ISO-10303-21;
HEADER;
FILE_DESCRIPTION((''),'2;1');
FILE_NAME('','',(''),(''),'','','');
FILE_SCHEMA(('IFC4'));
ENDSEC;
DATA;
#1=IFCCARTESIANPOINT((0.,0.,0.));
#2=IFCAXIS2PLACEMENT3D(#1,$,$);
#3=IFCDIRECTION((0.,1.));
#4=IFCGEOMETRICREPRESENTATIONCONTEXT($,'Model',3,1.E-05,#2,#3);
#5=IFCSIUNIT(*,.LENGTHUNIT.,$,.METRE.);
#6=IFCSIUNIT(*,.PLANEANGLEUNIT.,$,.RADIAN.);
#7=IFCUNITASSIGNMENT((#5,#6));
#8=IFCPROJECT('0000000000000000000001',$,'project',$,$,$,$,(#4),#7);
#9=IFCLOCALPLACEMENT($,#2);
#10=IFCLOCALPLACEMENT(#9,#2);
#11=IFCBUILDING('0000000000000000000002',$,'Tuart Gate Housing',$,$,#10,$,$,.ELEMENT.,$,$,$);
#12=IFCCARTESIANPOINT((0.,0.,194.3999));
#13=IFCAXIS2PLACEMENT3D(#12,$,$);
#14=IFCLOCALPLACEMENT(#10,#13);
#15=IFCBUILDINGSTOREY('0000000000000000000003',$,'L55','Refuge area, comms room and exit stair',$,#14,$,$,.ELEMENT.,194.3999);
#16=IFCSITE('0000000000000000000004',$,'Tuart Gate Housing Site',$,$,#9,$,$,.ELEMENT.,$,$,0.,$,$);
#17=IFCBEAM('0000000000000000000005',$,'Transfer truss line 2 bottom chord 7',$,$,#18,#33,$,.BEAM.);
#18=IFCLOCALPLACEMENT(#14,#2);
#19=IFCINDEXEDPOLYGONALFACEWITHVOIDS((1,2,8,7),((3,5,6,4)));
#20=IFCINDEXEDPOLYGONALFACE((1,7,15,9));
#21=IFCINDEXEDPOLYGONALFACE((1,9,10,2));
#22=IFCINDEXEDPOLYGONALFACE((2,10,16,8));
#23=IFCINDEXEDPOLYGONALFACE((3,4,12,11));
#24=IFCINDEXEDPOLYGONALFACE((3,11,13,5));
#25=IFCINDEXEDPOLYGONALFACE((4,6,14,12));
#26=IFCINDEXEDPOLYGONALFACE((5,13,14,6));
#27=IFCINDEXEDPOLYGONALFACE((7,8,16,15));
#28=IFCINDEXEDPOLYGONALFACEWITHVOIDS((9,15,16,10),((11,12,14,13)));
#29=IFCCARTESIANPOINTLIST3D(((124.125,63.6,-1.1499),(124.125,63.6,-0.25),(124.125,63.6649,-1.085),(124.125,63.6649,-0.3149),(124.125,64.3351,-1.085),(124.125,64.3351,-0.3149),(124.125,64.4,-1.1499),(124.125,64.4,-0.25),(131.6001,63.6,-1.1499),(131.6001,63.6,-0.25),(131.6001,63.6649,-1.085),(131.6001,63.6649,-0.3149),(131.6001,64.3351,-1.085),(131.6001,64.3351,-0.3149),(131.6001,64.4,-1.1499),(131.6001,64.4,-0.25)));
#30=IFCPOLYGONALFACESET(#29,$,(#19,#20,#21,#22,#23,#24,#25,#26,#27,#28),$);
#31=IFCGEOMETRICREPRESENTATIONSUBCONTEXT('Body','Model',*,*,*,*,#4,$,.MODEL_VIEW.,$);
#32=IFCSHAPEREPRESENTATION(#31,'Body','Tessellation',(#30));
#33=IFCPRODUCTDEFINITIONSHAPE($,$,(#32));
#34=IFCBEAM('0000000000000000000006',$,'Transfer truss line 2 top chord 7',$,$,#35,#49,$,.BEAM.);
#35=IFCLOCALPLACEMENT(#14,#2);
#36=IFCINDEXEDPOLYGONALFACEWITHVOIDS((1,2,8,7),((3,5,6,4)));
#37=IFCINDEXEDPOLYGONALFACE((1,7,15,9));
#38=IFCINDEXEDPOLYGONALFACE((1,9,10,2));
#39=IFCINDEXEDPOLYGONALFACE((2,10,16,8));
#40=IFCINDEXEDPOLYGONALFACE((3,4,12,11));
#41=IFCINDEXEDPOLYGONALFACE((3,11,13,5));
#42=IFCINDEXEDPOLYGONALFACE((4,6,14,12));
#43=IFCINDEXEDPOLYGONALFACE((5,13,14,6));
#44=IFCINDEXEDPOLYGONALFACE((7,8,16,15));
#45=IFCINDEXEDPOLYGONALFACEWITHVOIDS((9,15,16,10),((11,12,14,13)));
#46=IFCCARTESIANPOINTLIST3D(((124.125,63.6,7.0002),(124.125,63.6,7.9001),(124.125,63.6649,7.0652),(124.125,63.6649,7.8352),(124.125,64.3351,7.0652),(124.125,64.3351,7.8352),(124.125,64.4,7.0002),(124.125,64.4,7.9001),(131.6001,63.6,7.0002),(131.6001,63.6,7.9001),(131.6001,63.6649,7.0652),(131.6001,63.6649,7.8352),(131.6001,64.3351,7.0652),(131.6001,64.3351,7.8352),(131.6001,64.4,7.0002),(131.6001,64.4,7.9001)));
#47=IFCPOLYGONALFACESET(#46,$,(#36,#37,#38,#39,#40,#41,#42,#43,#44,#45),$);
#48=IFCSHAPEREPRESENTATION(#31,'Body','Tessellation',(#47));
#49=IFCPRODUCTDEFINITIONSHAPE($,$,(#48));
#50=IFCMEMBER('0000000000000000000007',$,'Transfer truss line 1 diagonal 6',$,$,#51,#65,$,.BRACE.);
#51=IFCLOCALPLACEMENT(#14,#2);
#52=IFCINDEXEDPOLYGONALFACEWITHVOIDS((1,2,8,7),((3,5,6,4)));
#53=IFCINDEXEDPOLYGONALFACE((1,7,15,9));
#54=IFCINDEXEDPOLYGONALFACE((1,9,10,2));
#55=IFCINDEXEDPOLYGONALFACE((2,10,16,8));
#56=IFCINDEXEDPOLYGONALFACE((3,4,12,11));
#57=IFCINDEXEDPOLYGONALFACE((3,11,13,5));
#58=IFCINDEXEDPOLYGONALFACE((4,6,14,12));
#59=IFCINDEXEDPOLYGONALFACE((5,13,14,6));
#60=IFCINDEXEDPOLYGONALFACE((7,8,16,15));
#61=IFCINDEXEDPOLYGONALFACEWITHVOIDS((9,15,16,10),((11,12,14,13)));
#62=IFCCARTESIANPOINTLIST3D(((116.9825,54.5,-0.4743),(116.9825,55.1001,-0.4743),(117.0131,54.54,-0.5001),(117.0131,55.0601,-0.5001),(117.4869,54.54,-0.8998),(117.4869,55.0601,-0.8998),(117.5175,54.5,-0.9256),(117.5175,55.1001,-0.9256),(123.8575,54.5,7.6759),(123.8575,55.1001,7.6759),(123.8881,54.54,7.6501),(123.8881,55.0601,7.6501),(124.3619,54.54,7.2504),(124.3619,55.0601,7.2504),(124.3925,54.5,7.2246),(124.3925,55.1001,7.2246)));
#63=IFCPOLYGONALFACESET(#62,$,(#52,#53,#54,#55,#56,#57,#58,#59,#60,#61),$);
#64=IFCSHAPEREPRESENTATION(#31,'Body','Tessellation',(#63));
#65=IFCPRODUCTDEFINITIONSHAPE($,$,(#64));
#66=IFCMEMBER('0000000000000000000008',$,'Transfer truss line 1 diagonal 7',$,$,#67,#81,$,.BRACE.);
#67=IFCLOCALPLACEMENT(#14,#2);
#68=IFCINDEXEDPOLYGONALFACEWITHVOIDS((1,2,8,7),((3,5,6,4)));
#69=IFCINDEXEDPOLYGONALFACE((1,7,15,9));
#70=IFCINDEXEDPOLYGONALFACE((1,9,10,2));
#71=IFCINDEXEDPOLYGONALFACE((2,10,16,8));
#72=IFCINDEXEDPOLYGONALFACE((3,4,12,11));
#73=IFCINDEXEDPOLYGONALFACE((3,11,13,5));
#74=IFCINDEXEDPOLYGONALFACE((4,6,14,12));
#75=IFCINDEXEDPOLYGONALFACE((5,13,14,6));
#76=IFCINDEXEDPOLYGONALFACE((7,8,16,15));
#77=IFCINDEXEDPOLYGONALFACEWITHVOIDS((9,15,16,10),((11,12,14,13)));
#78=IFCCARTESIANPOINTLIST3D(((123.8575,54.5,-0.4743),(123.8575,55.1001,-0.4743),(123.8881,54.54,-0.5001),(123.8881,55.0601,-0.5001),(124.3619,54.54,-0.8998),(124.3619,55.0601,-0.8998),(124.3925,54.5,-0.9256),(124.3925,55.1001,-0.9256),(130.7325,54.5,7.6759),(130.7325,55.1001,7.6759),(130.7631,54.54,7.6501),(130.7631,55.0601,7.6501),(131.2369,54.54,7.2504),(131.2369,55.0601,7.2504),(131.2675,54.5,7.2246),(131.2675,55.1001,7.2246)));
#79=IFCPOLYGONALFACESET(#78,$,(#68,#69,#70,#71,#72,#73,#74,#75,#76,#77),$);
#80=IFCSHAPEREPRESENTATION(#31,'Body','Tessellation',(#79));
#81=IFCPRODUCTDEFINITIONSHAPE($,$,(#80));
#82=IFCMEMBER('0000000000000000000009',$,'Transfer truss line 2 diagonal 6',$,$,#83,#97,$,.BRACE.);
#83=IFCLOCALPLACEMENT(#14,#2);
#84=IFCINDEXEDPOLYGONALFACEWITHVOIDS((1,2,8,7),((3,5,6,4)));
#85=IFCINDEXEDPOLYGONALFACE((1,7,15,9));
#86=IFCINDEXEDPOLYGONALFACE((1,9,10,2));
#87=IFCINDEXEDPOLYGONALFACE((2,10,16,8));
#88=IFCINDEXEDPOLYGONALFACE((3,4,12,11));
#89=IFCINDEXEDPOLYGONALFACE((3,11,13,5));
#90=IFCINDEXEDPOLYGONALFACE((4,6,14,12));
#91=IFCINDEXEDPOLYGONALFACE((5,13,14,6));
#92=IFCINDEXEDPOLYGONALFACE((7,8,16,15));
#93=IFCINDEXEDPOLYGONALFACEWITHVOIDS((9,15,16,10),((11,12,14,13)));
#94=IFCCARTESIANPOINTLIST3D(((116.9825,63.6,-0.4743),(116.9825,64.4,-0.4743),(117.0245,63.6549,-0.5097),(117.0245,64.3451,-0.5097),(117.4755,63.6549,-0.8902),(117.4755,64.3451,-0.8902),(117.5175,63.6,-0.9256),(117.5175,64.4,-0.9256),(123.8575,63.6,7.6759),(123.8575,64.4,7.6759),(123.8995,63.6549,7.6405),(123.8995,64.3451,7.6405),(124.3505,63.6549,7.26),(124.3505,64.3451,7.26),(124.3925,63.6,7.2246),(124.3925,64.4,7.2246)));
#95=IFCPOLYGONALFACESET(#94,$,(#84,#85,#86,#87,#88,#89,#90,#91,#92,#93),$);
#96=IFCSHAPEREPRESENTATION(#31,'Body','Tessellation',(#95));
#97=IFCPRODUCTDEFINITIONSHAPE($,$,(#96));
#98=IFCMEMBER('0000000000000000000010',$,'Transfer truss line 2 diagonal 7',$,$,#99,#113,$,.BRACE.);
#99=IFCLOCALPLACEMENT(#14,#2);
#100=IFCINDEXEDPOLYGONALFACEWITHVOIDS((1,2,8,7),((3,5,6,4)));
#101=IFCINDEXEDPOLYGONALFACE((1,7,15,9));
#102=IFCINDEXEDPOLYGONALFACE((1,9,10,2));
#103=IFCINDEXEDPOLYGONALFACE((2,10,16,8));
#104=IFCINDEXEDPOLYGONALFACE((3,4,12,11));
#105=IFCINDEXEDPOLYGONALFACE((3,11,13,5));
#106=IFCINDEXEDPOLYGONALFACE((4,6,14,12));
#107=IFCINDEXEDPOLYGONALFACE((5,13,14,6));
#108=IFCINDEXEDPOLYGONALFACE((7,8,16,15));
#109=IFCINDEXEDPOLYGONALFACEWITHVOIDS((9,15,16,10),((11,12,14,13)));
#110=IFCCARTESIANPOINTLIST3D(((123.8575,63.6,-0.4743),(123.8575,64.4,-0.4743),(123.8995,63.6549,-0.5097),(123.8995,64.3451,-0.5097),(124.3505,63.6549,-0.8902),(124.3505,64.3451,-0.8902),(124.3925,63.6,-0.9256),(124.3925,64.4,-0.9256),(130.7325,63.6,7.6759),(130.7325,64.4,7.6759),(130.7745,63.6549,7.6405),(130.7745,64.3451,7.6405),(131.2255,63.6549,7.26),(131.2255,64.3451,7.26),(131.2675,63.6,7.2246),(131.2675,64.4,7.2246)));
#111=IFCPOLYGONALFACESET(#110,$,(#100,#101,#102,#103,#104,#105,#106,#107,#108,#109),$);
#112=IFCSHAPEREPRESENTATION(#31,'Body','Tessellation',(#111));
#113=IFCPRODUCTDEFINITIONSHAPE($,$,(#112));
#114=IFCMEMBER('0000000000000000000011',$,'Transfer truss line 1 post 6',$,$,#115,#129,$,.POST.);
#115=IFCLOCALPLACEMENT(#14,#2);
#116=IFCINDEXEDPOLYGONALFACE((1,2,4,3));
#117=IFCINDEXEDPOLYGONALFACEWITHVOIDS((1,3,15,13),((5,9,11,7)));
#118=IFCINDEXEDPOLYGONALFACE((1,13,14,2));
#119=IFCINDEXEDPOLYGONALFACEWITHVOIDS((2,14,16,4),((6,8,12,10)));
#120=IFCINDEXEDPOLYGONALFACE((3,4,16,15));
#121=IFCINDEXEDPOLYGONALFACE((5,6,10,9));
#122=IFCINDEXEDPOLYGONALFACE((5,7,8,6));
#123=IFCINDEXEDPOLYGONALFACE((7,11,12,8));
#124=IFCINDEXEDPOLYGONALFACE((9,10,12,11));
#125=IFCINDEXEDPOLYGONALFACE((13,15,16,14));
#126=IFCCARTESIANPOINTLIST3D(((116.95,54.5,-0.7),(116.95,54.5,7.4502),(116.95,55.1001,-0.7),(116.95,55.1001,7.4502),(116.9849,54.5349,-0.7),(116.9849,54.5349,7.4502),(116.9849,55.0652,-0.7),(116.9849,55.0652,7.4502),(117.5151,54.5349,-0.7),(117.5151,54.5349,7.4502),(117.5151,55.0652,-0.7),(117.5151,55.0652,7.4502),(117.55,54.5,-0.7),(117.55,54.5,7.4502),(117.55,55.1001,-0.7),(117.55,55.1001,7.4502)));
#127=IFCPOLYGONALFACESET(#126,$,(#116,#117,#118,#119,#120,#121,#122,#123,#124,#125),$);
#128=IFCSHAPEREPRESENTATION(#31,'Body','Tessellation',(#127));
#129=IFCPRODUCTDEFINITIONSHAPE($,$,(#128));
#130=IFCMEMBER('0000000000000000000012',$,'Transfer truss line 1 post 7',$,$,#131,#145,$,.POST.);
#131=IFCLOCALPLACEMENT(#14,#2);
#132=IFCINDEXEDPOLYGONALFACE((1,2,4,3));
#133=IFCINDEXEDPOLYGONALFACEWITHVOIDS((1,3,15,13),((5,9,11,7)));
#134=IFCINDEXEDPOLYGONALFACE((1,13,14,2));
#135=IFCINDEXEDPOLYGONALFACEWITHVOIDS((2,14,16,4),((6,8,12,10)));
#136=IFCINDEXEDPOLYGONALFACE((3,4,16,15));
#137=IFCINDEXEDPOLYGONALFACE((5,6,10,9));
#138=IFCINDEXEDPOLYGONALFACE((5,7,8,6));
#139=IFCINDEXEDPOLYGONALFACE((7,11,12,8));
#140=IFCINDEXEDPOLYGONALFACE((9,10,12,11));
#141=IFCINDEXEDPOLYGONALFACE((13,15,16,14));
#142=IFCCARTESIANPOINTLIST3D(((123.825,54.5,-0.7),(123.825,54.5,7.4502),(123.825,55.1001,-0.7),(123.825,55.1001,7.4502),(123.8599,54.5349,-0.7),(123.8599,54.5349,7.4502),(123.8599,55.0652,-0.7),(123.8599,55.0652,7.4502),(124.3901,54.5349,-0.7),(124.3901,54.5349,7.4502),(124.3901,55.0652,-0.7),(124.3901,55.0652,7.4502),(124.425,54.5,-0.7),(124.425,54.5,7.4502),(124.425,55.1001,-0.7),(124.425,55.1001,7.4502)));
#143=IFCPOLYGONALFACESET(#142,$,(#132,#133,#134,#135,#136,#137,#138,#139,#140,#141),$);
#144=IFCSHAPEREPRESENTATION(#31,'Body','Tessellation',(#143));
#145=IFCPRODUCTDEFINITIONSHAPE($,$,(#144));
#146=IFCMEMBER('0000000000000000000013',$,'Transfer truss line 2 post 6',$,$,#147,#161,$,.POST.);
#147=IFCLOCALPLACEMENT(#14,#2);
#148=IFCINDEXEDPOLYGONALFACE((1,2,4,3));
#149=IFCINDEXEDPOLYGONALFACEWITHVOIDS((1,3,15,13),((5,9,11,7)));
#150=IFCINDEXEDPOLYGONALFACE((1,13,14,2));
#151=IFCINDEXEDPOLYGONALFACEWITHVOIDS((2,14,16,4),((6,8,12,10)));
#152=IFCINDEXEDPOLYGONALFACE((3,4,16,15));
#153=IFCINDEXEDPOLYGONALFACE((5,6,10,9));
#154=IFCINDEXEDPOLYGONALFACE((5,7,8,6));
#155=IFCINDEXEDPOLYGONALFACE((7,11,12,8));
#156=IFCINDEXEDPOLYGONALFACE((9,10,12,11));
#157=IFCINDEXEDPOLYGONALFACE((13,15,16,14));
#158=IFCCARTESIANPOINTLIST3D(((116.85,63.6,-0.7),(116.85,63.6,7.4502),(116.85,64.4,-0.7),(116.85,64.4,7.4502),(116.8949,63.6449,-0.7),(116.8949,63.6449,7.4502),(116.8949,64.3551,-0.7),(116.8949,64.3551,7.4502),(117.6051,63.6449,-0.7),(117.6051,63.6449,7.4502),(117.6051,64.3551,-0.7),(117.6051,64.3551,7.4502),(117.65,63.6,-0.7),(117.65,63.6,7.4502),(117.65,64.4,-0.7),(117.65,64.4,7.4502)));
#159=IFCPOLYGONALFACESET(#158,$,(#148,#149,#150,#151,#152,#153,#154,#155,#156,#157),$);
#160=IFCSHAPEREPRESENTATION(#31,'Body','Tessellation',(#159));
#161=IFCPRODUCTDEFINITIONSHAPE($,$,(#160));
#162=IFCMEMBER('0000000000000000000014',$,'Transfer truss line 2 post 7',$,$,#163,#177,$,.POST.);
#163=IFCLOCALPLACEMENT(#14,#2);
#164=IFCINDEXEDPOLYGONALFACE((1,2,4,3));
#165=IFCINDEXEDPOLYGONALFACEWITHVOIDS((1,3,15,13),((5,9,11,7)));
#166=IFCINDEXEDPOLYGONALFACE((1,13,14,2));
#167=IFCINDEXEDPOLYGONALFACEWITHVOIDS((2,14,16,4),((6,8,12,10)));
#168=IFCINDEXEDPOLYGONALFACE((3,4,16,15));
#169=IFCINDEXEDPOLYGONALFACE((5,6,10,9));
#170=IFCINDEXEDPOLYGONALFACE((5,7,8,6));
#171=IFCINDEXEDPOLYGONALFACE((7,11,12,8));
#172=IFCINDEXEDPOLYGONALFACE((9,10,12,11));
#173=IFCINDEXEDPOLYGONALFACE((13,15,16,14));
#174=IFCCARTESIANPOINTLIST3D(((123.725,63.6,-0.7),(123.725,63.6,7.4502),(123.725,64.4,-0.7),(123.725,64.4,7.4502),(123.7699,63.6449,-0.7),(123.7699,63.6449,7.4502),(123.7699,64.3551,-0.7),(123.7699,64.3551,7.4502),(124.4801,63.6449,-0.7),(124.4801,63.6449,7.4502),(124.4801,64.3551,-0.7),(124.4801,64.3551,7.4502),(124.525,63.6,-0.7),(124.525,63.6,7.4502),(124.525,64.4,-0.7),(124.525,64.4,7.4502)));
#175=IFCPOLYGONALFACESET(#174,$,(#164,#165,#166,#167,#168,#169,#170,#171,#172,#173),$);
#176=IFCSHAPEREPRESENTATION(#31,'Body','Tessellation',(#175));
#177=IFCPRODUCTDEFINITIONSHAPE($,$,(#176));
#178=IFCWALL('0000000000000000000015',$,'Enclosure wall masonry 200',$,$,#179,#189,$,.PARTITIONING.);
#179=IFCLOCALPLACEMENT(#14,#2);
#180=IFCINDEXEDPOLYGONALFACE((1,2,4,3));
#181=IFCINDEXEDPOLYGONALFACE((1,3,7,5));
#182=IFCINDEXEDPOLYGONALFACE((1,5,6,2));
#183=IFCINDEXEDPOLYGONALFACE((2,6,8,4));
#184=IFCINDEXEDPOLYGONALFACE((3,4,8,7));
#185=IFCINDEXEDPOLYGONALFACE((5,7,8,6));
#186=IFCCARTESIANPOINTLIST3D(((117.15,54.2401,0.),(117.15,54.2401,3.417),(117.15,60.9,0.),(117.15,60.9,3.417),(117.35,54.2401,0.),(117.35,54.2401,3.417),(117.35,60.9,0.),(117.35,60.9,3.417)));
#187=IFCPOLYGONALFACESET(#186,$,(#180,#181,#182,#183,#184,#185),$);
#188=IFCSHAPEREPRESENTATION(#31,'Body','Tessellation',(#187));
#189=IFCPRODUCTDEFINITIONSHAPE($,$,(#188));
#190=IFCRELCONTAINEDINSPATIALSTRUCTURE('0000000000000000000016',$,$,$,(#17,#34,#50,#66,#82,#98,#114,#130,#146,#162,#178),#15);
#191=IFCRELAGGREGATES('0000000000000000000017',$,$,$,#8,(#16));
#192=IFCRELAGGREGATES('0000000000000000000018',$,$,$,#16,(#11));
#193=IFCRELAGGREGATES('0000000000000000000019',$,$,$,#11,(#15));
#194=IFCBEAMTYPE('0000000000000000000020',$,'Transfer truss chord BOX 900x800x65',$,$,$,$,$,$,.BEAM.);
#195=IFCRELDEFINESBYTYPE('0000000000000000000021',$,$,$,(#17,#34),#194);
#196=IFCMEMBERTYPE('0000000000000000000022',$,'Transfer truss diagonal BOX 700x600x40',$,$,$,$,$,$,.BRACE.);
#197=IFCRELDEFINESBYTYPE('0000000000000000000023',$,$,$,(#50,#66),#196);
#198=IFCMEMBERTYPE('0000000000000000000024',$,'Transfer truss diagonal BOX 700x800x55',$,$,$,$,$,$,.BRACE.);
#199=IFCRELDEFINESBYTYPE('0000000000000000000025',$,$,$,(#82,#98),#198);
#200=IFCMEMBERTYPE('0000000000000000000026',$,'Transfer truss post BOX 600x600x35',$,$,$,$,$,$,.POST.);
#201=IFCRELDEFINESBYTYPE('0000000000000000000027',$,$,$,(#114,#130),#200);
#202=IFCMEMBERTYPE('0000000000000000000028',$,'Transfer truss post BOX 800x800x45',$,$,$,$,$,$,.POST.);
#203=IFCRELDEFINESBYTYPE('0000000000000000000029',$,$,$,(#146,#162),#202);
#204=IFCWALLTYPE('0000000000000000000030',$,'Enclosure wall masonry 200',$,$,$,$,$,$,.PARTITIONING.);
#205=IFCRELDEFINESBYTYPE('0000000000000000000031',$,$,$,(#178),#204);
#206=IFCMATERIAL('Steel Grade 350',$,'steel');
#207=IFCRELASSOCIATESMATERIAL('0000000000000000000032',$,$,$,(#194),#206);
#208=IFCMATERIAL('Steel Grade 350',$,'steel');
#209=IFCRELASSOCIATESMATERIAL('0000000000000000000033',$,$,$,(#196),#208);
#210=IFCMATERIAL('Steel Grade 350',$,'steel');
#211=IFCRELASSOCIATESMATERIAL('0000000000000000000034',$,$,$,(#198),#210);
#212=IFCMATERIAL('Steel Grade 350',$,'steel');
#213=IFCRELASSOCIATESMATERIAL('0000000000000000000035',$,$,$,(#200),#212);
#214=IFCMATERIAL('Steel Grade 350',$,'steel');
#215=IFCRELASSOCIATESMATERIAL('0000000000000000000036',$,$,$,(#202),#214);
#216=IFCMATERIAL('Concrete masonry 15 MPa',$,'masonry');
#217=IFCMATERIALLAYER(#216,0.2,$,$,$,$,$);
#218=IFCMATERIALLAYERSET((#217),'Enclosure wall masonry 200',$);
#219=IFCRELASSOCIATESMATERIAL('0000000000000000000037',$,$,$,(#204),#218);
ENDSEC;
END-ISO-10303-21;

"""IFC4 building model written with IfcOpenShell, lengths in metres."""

from ifc_helpers import new_model, si_unit, direction, frame, frame_2d, origin, origin_2d, place, context, subcontext, project, spatial, rectangle, hollow_rectangle, extrude, material, layer, layer_set, material_profile, profile_set, type_object, element, save


model = new_model("IFC4")

# Units and contexts
model_context = context("Model", 3, precision=1e-05, world=origin(), true_north=direction((0.0, 1.0)))
body_context = subcontext(model_context, "Body", "Model", "MODEL_VIEW")
ifc_project = project(units=[si_unit("LENGTHUNIT", "METRE"), si_unit("PLANEANGLEUNIT", "RADIAN")], contexts=[model_context])

# Site, building, storey
site_placement = place(None, origin())
site = spatial("IfcSite", under=ifc_project, at=site_placement, Name="Tuart Gate Housing Site", CompositionType="ELEMENT", RefElevation=0.0)
building_placement = place(site_placement, origin())
building = spatial("IfcBuilding", under=site, at=building_placement, Name="Tuart Gate Housing", CompositionType="ELEMENT")
storey_placement = place(building_placement, frame((0.0, 0.0, 194.3999)))
storey = spatial("IfcBuildingStorey", under=building, at=storey_placement, Name="L55", Description="Refuge area, comms room and exit stair", CompositionType="ELEMENT", Elevation=194.3999)

# Beams
ifc_material_1 = material(Name="Steel Grade 350", Category="steel")
ifc_material_profile_1 = material_profile(ifc_material_1, hollow_rectangle(XDim=0.8, YDim=0.8999, WallThickness=0.0649, at=origin_2d()), Name="BOX 900x800x65")
ifc_profile_set_1 = profile_set([ifc_material_profile_1], Name="Steel Grade 350")
beam_type_1 = type_object("IfcBeamType", Name="Transfer truss chord BOX 900x800x65", PredefinedType="BEAM", material=ifc_profile_set_1)
for number, where, z_axis, x_axis, name in (
    (1, (124.125, 64.0, -0.7), (1.0, 0.0, 0.0), (0.0, 1.0, 0.0), "Transfer truss line 2 bottom chord 7"),
    (2, (124.125, 64.0, 7.4502), (1.0, 0.0, 0.0), (0.0, 1.0, 0.0), "Transfer truss line 2 top chord 7"),
):
    element("IfcBeam", number, at=place(storey_placement, frame(where, z_axis=z_axis, x_axis=x_axis)), inside=storey, type_object=beam_type_1, Name=name, PredefinedType="BEAM", context=body_context, shape_type="SweptSolid", body=[
        extrude(hollow_rectangle(XDim=0.8, YDim=0.8999, WallThickness=0.0649, at=origin_2d()), origin(), (0.0, 0.0, 1.0), 7.4751),
    ])

# Members
ifc_material_2 = material(Name="Steel Grade 350", Category="steel")
ifc_material_profile_2 = material_profile(ifc_material_2, hollow_rectangle(XDim=0.6001, YDim=0.7, WallThickness=0.04, at=origin_2d()), Name="BOX 700x600x40")
ifc_profile_set_2 = profile_set([ifc_material_profile_2], Name="Steel Grade 350")
member_type_1 = type_object("IfcMemberType", Name="Transfer truss diagonal BOX 700x600x40", PredefinedType="BRACE", material=ifc_profile_set_2)
for number, where, z_axis, x_axis, name in (
    (3, (117.25, 54.8, -0.7), (0.644779, 0.0, 0.764369), (0.0, 1.0, 0.0), "Transfer truss line 1 diagonal 6"),
    (4, (124.125, 54.8, -0.7), (0.644779, 0.0, 0.764369), (0.0, 1.0, 0.0), "Transfer truss line 1 diagonal 7"),
):
    element("IfcMember", number, at=place(storey_placement, frame(where, z_axis=z_axis, x_axis=x_axis)), inside=storey, type_object=member_type_1, Name=name, PredefinedType="BRACE", context=body_context, shape_type="SweptSolid", body=[
        extrude(hollow_rectangle(XDim=0.6001, YDim=0.7, WallThickness=0.04, at=origin_2d()), origin(), (0.0, 0.0, 1.0), 10.6626),
    ])
ifc_material_3 = material(Name="Steel Grade 350", Category="steel")
ifc_material_profile_3 = material_profile(ifc_material_3, hollow_rectangle(XDim=0.8, YDim=0.7, WallThickness=0.0549, at=origin_2d()), Name="BOX 700x800x55")
ifc_profile_set_3 = profile_set([ifc_material_profile_3], Name="Steel Grade 350")
member_type_2 = type_object("IfcMemberType", Name="Transfer truss diagonal BOX 700x800x55", PredefinedType="BRACE", material=ifc_profile_set_3)
for number, where, z_axis, x_axis, name in (
    (5, (117.25, 64.0, -0.7), (0.644779, 0.0, 0.764369), (0.0, 1.0, 0.0), "Transfer truss line 2 diagonal 6"),
    (6, (124.125, 64.0, -0.7), (0.644779, 0.0, 0.764369), (0.0, 1.0, 0.0), "Transfer truss line 2 diagonal 7"),
):
    element("IfcMember", number, at=place(storey_placement, frame(where, z_axis=z_axis, x_axis=x_axis)), inside=storey, type_object=member_type_2, Name=name, PredefinedType="BRACE", context=body_context, shape_type="SweptSolid", body=[
        extrude(hollow_rectangle(XDim=0.8, YDim=0.7, WallThickness=0.0549, at=origin_2d()), origin(), (0.0, 0.0, 1.0), 10.6626),
    ])
ifc_material_4 = material(Name="Steel Grade 350", Category="steel")
ifc_material_profile_4 = material_profile(ifc_material_4, hollow_rectangle(XDim=0.6001, YDim=0.6001, WallThickness=0.0349, at=origin_2d()), Name="BOX 600x600x35")
ifc_profile_set_4 = profile_set([ifc_material_profile_4], Name="Steel Grade 350")
member_type_3 = type_object("IfcMemberType", Name="Transfer truss post BOX 600x600x35", PredefinedType="POST", material=ifc_profile_set_4)
for number, where, z_axis, x_axis, name in (
    (7, (117.25, 54.8, -0.7), (0.0, 0.0, 1.0), (1.0, 0.0, 0.0), "Transfer truss line 1 post 6"),
    (8, (124.125, 54.8, -0.7), (0.0, 0.0, 1.0), (1.0, 0.0, 0.0), "Transfer truss line 1 post 7"),
):
    element("IfcMember", number, at=place(storey_placement, frame(where, z_axis=z_axis, x_axis=x_axis)), inside=storey, type_object=member_type_3, Name=name, PredefinedType="POST", context=body_context, shape_type="SweptSolid", body=[
        extrude(hollow_rectangle(XDim=0.6001, YDim=0.6001, WallThickness=0.0349, at=origin_2d()), origin(), (0.0, 0.0, 1.0), 8.1501),
    ])
ifc_material_5 = material(Name="Steel Grade 350", Category="steel")
ifc_material_profile_5 = material_profile(ifc_material_5, hollow_rectangle(XDim=0.8, YDim=0.8, WallThickness=0.0449, at=origin_2d()), Name="BOX 800x800x45")
ifc_profile_set_5 = profile_set([ifc_material_profile_5], Name="Steel Grade 350")
member_type_4 = type_object("IfcMemberType", Name="Transfer truss post BOX 800x800x45", PredefinedType="POST", material=ifc_profile_set_5)
for number, where, z_axis, x_axis, name in (
    (9, (117.25, 64.0, -0.7), (0.0, 0.0, 1.0), (1.0, 0.0, 0.0), "Transfer truss line 2 post 6"),
    (10, (124.125, 64.0, -0.7), (0.0, 0.0, 1.0), (1.0, 0.0, 0.0), "Transfer truss line 2 post 7"),
):
    element("IfcMember", number, at=place(storey_placement, frame(where, z_axis=z_axis, x_axis=x_axis)), inside=storey, type_object=member_type_4, Name=name, PredefinedType="POST", context=body_context, shape_type="SweptSolid", body=[
        extrude(hollow_rectangle(XDim=0.8, YDim=0.8, WallThickness=0.0449, at=origin_2d()), origin(), (0.0, 0.0, 1.0), 8.1501),
    ])

# Wall
ifc_material_6 = material(Name="Concrete masonry 15 MPa", Category="masonry")
ifc_layer = layer(ifc_material_6, 0.2)
ifc_layer_set = layer_set([ifc_layer], Name="Enclosure wall masonry 200")
wall_type = type_object("IfcWallType", Name="Enclosure wall masonry 200", PredefinedType="PARTITIONING", material=ifc_layer_set)
wall_1_placement = place(storey_placement, frame((117.25, 54.24, 0.0), z_axis=(0.0, 0.0, 1.0), x_axis=(0.0, 1.0, 0.0)))
element("IfcWall", 11, at=wall_1_placement, inside=storey, type_object=wall_type, Name="Enclosure wall masonry 200", PredefinedType="PARTITIONING", context=body_context, shape_type="SweptSolid", body=[
    extrude(rectangle(XDim=6.6599, YDim=0.2, at=frame_2d((3.3301, 0.0))), origin(), (0.0, 0.0, 1.0), 3.417),
])

save(model, "model.ifc")
